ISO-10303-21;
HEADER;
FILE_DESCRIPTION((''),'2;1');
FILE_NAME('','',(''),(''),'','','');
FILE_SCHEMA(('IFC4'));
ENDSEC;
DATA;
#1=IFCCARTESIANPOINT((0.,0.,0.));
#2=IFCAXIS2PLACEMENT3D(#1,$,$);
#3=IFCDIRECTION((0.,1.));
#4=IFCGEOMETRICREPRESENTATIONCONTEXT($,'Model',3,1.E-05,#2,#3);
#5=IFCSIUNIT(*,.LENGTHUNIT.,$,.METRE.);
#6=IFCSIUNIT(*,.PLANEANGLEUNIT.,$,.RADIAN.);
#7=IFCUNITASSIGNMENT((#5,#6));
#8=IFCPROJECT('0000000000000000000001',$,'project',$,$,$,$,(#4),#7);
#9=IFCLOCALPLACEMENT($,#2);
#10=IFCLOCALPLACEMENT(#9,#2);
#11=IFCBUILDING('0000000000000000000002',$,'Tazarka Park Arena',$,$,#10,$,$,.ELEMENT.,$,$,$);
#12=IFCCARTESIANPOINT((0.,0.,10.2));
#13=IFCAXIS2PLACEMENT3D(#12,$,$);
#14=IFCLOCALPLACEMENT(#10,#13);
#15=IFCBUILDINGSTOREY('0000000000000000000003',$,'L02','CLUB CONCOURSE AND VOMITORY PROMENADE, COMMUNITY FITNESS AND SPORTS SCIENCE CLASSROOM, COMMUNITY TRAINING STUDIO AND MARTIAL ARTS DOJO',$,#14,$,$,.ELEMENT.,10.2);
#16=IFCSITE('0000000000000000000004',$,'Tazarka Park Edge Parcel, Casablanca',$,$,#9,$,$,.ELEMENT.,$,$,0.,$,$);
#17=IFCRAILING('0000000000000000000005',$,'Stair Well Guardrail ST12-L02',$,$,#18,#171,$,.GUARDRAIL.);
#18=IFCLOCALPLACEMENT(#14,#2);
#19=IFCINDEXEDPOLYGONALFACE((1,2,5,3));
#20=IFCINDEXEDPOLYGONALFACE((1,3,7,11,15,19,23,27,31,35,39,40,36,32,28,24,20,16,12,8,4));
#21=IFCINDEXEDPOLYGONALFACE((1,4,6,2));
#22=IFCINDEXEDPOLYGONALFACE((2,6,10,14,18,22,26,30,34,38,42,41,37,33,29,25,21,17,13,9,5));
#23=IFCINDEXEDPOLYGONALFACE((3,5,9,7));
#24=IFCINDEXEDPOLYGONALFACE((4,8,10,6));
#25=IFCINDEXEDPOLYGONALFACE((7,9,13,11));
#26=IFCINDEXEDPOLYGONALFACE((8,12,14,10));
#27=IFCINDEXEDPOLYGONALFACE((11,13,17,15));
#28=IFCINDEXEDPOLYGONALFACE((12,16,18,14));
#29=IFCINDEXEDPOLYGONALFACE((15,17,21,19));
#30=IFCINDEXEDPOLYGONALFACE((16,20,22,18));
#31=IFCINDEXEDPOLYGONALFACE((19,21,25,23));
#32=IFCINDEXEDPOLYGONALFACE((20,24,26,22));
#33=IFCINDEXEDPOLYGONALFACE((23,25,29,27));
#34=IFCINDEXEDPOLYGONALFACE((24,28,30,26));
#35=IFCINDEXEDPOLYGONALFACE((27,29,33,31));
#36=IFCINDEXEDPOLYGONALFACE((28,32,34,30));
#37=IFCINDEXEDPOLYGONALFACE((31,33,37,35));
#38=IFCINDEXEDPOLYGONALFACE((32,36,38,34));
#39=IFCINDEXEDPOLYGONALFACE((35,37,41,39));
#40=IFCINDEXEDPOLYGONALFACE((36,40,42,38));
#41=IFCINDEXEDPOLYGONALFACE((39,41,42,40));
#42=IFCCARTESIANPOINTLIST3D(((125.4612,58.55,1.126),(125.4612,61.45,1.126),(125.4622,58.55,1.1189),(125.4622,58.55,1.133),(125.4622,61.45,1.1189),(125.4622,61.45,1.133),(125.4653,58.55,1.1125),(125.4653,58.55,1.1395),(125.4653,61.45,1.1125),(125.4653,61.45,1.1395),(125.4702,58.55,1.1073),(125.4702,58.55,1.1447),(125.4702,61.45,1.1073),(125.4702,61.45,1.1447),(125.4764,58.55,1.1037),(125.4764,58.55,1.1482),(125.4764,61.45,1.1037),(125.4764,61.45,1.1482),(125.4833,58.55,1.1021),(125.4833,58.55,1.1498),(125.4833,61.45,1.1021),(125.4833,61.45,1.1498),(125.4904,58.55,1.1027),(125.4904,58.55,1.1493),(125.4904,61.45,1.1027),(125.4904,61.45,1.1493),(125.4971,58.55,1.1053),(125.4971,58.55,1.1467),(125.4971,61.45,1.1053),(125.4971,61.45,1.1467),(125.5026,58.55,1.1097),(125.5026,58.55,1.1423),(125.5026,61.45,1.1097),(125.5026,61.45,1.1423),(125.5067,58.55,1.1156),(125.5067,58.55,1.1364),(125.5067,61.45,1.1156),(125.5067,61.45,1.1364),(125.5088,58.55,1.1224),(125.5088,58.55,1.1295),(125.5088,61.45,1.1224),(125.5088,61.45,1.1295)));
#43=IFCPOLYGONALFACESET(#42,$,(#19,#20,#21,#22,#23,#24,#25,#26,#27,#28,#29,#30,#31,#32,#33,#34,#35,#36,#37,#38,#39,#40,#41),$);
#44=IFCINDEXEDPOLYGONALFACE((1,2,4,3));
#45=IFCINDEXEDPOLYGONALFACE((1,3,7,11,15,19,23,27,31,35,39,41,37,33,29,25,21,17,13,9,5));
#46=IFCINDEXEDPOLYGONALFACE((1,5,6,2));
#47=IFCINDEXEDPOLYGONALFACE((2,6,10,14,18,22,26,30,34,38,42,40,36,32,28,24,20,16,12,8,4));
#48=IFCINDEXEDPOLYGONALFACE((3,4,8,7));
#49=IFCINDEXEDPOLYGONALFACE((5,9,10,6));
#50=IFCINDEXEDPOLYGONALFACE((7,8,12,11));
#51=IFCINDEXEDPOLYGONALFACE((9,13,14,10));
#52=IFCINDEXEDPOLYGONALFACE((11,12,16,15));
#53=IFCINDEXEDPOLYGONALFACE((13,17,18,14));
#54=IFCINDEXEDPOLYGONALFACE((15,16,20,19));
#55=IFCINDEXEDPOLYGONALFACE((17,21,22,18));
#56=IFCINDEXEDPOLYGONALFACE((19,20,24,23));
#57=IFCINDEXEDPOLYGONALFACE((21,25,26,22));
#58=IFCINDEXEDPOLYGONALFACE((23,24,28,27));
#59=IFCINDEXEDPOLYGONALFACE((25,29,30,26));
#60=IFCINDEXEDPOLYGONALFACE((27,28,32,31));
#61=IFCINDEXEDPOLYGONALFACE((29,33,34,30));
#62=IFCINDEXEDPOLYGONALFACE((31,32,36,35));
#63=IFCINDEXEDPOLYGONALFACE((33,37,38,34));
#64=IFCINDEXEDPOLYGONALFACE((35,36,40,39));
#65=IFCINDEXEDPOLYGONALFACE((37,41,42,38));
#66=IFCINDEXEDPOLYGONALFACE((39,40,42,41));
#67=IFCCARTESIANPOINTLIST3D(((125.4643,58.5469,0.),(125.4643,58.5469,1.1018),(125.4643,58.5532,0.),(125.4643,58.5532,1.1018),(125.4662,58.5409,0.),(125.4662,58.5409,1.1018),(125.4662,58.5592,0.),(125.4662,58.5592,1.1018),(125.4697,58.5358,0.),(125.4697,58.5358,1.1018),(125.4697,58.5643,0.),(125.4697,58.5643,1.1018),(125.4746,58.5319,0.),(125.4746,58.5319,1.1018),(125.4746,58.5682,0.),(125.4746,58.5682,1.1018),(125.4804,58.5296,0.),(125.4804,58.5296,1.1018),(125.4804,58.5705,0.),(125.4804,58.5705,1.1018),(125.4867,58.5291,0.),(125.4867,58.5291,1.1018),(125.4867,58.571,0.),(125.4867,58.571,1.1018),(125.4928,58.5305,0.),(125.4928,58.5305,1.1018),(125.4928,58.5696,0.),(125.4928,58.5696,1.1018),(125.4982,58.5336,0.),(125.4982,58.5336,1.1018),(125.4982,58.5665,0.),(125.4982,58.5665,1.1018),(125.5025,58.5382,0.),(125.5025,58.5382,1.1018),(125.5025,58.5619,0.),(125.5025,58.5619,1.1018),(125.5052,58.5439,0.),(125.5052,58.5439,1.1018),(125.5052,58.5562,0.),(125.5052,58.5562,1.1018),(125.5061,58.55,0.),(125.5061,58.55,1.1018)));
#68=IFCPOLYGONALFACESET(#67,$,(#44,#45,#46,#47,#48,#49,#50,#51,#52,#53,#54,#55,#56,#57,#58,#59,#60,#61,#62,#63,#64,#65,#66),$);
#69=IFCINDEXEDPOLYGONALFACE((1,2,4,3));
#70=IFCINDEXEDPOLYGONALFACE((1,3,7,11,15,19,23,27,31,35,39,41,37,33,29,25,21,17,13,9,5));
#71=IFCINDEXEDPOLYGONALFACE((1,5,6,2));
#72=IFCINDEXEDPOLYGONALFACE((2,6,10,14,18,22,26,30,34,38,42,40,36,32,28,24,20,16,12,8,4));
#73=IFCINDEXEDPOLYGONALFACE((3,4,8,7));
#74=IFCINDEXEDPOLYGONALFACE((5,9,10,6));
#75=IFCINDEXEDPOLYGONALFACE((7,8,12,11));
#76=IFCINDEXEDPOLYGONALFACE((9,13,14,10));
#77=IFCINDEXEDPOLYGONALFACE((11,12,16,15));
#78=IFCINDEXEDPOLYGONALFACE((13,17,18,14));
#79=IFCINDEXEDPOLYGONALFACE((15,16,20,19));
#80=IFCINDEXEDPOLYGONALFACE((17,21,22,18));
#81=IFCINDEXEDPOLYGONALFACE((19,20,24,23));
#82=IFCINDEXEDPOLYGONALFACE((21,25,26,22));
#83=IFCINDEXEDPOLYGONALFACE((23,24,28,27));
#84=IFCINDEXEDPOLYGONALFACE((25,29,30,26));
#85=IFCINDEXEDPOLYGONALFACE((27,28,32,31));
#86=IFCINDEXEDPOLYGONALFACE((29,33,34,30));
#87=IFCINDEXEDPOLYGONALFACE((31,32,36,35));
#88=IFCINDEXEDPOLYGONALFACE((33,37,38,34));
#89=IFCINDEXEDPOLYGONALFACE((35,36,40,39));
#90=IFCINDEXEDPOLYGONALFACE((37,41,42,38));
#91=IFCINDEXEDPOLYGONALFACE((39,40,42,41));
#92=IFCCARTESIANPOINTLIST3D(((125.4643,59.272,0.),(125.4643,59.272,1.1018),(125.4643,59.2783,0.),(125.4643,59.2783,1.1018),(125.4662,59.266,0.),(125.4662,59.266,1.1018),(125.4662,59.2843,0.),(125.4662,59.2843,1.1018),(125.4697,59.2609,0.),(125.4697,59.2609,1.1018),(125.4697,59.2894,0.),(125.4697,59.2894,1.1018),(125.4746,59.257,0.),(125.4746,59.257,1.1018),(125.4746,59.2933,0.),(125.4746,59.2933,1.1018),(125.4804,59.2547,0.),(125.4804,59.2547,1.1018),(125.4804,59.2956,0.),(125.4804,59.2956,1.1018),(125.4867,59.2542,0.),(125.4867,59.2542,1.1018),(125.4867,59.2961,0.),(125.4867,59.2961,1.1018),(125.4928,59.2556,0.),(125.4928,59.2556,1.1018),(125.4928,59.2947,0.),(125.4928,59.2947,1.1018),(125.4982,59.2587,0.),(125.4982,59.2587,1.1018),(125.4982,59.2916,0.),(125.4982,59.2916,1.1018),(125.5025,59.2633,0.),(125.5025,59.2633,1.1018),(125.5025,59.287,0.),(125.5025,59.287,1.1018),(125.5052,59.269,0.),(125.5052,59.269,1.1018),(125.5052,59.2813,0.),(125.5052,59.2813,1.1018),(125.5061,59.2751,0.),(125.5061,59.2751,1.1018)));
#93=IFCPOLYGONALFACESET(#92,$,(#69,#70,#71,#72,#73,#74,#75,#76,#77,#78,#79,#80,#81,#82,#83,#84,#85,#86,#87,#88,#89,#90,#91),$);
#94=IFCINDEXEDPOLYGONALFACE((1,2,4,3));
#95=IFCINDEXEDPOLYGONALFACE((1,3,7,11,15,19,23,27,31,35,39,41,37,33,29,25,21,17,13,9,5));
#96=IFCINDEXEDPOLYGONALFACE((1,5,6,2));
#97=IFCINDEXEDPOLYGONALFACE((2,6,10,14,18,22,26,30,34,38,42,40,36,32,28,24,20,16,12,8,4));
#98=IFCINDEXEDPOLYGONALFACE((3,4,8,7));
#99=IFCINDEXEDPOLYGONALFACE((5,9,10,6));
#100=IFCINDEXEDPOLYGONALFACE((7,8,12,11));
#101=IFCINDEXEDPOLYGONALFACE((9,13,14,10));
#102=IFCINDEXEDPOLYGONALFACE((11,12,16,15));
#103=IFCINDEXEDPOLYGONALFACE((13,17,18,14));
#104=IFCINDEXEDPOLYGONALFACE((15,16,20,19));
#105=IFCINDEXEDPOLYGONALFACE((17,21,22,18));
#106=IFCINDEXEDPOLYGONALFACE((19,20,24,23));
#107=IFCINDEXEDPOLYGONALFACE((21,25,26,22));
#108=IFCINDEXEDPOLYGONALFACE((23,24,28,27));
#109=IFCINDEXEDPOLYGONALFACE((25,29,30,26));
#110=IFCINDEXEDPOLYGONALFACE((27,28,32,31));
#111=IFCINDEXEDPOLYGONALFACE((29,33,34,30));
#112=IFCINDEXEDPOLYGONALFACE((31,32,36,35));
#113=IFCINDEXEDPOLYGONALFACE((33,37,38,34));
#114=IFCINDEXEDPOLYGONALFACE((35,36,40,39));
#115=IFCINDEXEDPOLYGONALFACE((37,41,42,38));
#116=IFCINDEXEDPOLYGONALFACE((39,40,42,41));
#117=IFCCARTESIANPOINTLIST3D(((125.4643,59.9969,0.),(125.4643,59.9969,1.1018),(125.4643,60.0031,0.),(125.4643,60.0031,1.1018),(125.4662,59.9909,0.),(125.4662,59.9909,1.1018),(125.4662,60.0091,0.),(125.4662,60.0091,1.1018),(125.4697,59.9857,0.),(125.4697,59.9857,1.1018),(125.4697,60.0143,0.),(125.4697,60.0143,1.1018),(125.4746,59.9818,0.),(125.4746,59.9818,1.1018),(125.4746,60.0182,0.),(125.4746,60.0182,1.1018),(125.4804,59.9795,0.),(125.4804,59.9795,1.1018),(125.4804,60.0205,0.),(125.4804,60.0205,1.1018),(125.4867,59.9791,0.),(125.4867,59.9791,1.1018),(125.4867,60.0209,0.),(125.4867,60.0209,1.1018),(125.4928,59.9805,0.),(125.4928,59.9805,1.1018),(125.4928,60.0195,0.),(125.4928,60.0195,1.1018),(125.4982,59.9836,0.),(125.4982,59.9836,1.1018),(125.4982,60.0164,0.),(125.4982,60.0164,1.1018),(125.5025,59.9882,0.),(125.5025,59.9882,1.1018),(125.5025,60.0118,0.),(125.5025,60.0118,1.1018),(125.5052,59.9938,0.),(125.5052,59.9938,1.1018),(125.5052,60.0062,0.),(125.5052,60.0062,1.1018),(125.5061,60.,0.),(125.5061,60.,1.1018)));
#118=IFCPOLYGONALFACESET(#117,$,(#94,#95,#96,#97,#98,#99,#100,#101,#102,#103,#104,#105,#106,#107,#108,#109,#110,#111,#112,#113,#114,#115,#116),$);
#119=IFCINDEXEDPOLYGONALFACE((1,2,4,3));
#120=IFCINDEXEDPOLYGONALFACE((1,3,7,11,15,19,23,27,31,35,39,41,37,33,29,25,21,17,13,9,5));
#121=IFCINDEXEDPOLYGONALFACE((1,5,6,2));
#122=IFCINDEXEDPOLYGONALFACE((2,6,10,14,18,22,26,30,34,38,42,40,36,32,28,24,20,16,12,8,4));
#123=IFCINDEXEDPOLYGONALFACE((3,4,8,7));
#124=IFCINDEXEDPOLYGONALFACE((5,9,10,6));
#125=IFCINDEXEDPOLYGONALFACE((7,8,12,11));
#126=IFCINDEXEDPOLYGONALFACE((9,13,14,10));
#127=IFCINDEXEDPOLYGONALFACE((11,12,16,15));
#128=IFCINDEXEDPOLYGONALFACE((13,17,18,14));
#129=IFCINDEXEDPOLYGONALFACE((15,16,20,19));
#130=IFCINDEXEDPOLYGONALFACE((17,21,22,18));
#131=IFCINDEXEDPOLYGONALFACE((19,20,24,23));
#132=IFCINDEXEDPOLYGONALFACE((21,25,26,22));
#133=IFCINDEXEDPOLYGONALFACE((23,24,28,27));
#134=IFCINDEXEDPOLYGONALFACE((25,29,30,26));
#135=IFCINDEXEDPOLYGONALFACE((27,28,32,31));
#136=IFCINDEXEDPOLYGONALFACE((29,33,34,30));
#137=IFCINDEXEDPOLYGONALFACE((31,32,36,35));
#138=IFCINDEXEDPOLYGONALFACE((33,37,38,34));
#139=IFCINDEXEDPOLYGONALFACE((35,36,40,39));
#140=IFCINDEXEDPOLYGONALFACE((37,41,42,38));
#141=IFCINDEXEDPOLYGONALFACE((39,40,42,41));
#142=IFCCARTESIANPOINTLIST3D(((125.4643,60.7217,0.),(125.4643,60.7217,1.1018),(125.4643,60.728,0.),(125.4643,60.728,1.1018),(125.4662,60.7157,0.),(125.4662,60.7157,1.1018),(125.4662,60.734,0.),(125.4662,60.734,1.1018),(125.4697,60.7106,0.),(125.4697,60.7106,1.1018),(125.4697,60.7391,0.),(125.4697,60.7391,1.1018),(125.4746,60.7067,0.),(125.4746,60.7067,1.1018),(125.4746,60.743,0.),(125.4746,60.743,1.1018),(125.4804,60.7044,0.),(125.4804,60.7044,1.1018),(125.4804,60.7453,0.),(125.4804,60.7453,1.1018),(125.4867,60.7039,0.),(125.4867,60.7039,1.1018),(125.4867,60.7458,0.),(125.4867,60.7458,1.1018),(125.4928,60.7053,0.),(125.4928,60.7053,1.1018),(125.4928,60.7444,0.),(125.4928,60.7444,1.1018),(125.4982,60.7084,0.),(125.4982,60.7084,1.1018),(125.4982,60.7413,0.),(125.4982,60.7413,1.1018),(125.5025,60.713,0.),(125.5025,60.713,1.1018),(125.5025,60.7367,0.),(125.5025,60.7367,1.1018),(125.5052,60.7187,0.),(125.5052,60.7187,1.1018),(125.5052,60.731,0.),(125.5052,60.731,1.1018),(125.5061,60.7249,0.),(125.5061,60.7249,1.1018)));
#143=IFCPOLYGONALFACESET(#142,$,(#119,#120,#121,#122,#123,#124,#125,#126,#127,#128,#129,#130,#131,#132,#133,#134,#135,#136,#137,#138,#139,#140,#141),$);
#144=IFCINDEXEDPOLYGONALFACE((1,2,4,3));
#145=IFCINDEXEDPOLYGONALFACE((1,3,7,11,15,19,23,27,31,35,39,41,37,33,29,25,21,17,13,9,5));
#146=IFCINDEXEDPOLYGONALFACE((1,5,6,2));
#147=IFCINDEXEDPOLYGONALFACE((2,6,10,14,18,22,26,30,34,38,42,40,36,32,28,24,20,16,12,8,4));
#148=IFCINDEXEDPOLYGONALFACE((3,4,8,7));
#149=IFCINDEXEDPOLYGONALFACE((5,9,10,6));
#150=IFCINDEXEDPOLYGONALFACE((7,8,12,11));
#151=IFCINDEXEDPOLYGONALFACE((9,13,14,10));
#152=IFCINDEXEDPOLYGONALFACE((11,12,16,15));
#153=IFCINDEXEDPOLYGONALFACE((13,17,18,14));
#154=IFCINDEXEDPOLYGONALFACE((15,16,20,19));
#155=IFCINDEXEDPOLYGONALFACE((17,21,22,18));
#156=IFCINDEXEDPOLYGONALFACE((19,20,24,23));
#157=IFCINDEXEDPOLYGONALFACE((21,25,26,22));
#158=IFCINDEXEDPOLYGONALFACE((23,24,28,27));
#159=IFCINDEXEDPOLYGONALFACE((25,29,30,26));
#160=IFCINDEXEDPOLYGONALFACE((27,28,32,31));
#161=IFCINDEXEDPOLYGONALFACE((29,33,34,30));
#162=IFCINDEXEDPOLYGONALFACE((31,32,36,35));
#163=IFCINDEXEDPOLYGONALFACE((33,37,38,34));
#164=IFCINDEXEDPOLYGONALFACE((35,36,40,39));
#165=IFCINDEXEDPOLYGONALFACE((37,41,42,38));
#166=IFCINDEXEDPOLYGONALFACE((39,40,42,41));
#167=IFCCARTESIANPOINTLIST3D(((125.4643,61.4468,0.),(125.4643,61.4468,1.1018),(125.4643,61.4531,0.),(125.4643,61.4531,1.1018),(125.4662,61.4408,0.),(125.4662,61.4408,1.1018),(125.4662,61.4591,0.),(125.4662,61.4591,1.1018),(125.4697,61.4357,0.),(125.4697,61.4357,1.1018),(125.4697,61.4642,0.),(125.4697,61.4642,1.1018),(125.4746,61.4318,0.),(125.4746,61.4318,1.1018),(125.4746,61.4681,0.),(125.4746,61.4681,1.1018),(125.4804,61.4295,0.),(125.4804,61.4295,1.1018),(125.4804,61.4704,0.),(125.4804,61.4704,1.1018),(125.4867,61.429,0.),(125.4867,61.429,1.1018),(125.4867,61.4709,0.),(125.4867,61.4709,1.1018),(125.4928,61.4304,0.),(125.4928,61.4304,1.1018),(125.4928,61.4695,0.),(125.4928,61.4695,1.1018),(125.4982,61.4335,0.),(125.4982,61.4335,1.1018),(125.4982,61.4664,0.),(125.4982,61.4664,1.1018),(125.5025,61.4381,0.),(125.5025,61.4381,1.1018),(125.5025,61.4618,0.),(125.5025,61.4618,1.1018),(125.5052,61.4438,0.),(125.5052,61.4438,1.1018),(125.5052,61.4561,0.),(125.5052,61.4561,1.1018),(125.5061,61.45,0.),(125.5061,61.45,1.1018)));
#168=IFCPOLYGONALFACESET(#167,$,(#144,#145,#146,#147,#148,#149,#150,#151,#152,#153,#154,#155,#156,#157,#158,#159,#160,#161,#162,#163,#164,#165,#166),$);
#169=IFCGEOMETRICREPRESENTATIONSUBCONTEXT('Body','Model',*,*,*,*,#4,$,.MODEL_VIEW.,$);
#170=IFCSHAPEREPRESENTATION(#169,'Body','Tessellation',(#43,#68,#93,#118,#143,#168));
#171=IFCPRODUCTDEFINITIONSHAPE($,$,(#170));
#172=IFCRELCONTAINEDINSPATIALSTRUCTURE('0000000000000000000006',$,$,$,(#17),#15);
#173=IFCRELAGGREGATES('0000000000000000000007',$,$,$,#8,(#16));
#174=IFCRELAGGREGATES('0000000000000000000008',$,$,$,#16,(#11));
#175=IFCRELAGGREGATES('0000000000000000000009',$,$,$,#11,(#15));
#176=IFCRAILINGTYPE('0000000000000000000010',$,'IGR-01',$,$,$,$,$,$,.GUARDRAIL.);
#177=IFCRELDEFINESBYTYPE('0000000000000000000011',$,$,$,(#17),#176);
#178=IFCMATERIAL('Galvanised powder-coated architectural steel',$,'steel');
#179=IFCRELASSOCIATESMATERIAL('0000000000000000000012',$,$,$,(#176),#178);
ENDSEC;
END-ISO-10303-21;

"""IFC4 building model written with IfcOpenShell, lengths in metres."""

from ifc_helpers import new_model, si_unit, direction, frame, origin, origin_2d, place, context, subcontext, project, spatial, circle, extrude, material, type_object, element, save


model = new_model("IFC4")

# Units and contexts
model_context = context("Model", 3, precision=1e-05, world=origin(), true_north=direction((0.0, 1.0)))
body_context = subcontext(model_context, "Body", "Model", "MODEL_VIEW")
ifc_project = project(units=[si_unit("LENGTHUNIT", "METRE"), si_unit("PLANEANGLEUNIT", "RADIAN")], contexts=[model_context])

# Site, building, storey
site_placement = place(None, origin())
site = spatial("IfcSite", under=ifc_project, at=site_placement, Name="Tazarka Park Edge Parcel, Casablanca", CompositionType="ELEMENT", RefElevation=0.0)
building_placement = place(site_placement, origin())
building = spatial("IfcBuilding", under=site, at=building_placement, Name="Tazarka Park Arena", CompositionType="ELEMENT")
storey_placement = place(building_placement, frame((0.0, 0.0, 10.2)))
storey = spatial("IfcBuildingStorey", under=building, at=storey_placement, Name="L02", Description="CLUB CONCOURSE AND VOMITORY PROMENADE, COMMUNITY FITNESS AND SPORTS SCIENCE CLASSROOM, COMMUNITY TRAINING STUDIO AND MARTIAL ARTS DOJO", CompositionType="ELEMENT", Elevation=10.2)

# Railing
ifc_material_1 = material(Name="Galvanised powder-coated architectural steel", Category="steel")
railing_type_1 = type_object("IfcRailingType", Name="IGR-01", PredefinedType="GUARDRAIL", material=ifc_material_1)
for number, where, name in (
    (1, (125.4851, 58.55, 0.0), "Stair Well Guardrail ST12-L02"),
):
    element("IfcRailing", number, at=place(storey_placement, frame(where)), inside=storey, type_object=railing_type_1, Name=name, PredefinedType="GUARDRAIL", context=body_context, shape_type="SweptSolid", body=[
        extrude(circle(Radius=0.0239, at=origin_2d()), frame((0.0, 0.0, 1.126), z_axis=(0.0, 1.0, 0.0), x_axis=(-1.0, 0.0, 0.0)), (0.0, 0.0, 1.0), 2.8999),
        extrude(circle(Radius=0.021, at=origin_2d()), origin(), (0.0, 0.0, 1.0), 1.1018),
        extrude(circle(Radius=0.021, at=origin_2d()), frame((0.0, 0.7251, 0.0)), (0.0, 0.0, 1.0), 1.1018),
        extrude(circle(Radius=0.021, at=origin_2d()), frame((0.0, 1.45, 0.0)), (0.0, 0.0, 1.0), 1.1018),
        extrude(circle(Radius=0.021, at=origin_2d()), frame((0.0, 2.1748, 0.0)), (0.0, 0.0, 1.0), 1.1018),
        extrude(circle(Radius=0.021, at=origin_2d()), frame((0.0, 2.8999, 0.0)), (0.0, 0.0, 1.0), 1.1018),
    ])

save(model, "model.ifc")
